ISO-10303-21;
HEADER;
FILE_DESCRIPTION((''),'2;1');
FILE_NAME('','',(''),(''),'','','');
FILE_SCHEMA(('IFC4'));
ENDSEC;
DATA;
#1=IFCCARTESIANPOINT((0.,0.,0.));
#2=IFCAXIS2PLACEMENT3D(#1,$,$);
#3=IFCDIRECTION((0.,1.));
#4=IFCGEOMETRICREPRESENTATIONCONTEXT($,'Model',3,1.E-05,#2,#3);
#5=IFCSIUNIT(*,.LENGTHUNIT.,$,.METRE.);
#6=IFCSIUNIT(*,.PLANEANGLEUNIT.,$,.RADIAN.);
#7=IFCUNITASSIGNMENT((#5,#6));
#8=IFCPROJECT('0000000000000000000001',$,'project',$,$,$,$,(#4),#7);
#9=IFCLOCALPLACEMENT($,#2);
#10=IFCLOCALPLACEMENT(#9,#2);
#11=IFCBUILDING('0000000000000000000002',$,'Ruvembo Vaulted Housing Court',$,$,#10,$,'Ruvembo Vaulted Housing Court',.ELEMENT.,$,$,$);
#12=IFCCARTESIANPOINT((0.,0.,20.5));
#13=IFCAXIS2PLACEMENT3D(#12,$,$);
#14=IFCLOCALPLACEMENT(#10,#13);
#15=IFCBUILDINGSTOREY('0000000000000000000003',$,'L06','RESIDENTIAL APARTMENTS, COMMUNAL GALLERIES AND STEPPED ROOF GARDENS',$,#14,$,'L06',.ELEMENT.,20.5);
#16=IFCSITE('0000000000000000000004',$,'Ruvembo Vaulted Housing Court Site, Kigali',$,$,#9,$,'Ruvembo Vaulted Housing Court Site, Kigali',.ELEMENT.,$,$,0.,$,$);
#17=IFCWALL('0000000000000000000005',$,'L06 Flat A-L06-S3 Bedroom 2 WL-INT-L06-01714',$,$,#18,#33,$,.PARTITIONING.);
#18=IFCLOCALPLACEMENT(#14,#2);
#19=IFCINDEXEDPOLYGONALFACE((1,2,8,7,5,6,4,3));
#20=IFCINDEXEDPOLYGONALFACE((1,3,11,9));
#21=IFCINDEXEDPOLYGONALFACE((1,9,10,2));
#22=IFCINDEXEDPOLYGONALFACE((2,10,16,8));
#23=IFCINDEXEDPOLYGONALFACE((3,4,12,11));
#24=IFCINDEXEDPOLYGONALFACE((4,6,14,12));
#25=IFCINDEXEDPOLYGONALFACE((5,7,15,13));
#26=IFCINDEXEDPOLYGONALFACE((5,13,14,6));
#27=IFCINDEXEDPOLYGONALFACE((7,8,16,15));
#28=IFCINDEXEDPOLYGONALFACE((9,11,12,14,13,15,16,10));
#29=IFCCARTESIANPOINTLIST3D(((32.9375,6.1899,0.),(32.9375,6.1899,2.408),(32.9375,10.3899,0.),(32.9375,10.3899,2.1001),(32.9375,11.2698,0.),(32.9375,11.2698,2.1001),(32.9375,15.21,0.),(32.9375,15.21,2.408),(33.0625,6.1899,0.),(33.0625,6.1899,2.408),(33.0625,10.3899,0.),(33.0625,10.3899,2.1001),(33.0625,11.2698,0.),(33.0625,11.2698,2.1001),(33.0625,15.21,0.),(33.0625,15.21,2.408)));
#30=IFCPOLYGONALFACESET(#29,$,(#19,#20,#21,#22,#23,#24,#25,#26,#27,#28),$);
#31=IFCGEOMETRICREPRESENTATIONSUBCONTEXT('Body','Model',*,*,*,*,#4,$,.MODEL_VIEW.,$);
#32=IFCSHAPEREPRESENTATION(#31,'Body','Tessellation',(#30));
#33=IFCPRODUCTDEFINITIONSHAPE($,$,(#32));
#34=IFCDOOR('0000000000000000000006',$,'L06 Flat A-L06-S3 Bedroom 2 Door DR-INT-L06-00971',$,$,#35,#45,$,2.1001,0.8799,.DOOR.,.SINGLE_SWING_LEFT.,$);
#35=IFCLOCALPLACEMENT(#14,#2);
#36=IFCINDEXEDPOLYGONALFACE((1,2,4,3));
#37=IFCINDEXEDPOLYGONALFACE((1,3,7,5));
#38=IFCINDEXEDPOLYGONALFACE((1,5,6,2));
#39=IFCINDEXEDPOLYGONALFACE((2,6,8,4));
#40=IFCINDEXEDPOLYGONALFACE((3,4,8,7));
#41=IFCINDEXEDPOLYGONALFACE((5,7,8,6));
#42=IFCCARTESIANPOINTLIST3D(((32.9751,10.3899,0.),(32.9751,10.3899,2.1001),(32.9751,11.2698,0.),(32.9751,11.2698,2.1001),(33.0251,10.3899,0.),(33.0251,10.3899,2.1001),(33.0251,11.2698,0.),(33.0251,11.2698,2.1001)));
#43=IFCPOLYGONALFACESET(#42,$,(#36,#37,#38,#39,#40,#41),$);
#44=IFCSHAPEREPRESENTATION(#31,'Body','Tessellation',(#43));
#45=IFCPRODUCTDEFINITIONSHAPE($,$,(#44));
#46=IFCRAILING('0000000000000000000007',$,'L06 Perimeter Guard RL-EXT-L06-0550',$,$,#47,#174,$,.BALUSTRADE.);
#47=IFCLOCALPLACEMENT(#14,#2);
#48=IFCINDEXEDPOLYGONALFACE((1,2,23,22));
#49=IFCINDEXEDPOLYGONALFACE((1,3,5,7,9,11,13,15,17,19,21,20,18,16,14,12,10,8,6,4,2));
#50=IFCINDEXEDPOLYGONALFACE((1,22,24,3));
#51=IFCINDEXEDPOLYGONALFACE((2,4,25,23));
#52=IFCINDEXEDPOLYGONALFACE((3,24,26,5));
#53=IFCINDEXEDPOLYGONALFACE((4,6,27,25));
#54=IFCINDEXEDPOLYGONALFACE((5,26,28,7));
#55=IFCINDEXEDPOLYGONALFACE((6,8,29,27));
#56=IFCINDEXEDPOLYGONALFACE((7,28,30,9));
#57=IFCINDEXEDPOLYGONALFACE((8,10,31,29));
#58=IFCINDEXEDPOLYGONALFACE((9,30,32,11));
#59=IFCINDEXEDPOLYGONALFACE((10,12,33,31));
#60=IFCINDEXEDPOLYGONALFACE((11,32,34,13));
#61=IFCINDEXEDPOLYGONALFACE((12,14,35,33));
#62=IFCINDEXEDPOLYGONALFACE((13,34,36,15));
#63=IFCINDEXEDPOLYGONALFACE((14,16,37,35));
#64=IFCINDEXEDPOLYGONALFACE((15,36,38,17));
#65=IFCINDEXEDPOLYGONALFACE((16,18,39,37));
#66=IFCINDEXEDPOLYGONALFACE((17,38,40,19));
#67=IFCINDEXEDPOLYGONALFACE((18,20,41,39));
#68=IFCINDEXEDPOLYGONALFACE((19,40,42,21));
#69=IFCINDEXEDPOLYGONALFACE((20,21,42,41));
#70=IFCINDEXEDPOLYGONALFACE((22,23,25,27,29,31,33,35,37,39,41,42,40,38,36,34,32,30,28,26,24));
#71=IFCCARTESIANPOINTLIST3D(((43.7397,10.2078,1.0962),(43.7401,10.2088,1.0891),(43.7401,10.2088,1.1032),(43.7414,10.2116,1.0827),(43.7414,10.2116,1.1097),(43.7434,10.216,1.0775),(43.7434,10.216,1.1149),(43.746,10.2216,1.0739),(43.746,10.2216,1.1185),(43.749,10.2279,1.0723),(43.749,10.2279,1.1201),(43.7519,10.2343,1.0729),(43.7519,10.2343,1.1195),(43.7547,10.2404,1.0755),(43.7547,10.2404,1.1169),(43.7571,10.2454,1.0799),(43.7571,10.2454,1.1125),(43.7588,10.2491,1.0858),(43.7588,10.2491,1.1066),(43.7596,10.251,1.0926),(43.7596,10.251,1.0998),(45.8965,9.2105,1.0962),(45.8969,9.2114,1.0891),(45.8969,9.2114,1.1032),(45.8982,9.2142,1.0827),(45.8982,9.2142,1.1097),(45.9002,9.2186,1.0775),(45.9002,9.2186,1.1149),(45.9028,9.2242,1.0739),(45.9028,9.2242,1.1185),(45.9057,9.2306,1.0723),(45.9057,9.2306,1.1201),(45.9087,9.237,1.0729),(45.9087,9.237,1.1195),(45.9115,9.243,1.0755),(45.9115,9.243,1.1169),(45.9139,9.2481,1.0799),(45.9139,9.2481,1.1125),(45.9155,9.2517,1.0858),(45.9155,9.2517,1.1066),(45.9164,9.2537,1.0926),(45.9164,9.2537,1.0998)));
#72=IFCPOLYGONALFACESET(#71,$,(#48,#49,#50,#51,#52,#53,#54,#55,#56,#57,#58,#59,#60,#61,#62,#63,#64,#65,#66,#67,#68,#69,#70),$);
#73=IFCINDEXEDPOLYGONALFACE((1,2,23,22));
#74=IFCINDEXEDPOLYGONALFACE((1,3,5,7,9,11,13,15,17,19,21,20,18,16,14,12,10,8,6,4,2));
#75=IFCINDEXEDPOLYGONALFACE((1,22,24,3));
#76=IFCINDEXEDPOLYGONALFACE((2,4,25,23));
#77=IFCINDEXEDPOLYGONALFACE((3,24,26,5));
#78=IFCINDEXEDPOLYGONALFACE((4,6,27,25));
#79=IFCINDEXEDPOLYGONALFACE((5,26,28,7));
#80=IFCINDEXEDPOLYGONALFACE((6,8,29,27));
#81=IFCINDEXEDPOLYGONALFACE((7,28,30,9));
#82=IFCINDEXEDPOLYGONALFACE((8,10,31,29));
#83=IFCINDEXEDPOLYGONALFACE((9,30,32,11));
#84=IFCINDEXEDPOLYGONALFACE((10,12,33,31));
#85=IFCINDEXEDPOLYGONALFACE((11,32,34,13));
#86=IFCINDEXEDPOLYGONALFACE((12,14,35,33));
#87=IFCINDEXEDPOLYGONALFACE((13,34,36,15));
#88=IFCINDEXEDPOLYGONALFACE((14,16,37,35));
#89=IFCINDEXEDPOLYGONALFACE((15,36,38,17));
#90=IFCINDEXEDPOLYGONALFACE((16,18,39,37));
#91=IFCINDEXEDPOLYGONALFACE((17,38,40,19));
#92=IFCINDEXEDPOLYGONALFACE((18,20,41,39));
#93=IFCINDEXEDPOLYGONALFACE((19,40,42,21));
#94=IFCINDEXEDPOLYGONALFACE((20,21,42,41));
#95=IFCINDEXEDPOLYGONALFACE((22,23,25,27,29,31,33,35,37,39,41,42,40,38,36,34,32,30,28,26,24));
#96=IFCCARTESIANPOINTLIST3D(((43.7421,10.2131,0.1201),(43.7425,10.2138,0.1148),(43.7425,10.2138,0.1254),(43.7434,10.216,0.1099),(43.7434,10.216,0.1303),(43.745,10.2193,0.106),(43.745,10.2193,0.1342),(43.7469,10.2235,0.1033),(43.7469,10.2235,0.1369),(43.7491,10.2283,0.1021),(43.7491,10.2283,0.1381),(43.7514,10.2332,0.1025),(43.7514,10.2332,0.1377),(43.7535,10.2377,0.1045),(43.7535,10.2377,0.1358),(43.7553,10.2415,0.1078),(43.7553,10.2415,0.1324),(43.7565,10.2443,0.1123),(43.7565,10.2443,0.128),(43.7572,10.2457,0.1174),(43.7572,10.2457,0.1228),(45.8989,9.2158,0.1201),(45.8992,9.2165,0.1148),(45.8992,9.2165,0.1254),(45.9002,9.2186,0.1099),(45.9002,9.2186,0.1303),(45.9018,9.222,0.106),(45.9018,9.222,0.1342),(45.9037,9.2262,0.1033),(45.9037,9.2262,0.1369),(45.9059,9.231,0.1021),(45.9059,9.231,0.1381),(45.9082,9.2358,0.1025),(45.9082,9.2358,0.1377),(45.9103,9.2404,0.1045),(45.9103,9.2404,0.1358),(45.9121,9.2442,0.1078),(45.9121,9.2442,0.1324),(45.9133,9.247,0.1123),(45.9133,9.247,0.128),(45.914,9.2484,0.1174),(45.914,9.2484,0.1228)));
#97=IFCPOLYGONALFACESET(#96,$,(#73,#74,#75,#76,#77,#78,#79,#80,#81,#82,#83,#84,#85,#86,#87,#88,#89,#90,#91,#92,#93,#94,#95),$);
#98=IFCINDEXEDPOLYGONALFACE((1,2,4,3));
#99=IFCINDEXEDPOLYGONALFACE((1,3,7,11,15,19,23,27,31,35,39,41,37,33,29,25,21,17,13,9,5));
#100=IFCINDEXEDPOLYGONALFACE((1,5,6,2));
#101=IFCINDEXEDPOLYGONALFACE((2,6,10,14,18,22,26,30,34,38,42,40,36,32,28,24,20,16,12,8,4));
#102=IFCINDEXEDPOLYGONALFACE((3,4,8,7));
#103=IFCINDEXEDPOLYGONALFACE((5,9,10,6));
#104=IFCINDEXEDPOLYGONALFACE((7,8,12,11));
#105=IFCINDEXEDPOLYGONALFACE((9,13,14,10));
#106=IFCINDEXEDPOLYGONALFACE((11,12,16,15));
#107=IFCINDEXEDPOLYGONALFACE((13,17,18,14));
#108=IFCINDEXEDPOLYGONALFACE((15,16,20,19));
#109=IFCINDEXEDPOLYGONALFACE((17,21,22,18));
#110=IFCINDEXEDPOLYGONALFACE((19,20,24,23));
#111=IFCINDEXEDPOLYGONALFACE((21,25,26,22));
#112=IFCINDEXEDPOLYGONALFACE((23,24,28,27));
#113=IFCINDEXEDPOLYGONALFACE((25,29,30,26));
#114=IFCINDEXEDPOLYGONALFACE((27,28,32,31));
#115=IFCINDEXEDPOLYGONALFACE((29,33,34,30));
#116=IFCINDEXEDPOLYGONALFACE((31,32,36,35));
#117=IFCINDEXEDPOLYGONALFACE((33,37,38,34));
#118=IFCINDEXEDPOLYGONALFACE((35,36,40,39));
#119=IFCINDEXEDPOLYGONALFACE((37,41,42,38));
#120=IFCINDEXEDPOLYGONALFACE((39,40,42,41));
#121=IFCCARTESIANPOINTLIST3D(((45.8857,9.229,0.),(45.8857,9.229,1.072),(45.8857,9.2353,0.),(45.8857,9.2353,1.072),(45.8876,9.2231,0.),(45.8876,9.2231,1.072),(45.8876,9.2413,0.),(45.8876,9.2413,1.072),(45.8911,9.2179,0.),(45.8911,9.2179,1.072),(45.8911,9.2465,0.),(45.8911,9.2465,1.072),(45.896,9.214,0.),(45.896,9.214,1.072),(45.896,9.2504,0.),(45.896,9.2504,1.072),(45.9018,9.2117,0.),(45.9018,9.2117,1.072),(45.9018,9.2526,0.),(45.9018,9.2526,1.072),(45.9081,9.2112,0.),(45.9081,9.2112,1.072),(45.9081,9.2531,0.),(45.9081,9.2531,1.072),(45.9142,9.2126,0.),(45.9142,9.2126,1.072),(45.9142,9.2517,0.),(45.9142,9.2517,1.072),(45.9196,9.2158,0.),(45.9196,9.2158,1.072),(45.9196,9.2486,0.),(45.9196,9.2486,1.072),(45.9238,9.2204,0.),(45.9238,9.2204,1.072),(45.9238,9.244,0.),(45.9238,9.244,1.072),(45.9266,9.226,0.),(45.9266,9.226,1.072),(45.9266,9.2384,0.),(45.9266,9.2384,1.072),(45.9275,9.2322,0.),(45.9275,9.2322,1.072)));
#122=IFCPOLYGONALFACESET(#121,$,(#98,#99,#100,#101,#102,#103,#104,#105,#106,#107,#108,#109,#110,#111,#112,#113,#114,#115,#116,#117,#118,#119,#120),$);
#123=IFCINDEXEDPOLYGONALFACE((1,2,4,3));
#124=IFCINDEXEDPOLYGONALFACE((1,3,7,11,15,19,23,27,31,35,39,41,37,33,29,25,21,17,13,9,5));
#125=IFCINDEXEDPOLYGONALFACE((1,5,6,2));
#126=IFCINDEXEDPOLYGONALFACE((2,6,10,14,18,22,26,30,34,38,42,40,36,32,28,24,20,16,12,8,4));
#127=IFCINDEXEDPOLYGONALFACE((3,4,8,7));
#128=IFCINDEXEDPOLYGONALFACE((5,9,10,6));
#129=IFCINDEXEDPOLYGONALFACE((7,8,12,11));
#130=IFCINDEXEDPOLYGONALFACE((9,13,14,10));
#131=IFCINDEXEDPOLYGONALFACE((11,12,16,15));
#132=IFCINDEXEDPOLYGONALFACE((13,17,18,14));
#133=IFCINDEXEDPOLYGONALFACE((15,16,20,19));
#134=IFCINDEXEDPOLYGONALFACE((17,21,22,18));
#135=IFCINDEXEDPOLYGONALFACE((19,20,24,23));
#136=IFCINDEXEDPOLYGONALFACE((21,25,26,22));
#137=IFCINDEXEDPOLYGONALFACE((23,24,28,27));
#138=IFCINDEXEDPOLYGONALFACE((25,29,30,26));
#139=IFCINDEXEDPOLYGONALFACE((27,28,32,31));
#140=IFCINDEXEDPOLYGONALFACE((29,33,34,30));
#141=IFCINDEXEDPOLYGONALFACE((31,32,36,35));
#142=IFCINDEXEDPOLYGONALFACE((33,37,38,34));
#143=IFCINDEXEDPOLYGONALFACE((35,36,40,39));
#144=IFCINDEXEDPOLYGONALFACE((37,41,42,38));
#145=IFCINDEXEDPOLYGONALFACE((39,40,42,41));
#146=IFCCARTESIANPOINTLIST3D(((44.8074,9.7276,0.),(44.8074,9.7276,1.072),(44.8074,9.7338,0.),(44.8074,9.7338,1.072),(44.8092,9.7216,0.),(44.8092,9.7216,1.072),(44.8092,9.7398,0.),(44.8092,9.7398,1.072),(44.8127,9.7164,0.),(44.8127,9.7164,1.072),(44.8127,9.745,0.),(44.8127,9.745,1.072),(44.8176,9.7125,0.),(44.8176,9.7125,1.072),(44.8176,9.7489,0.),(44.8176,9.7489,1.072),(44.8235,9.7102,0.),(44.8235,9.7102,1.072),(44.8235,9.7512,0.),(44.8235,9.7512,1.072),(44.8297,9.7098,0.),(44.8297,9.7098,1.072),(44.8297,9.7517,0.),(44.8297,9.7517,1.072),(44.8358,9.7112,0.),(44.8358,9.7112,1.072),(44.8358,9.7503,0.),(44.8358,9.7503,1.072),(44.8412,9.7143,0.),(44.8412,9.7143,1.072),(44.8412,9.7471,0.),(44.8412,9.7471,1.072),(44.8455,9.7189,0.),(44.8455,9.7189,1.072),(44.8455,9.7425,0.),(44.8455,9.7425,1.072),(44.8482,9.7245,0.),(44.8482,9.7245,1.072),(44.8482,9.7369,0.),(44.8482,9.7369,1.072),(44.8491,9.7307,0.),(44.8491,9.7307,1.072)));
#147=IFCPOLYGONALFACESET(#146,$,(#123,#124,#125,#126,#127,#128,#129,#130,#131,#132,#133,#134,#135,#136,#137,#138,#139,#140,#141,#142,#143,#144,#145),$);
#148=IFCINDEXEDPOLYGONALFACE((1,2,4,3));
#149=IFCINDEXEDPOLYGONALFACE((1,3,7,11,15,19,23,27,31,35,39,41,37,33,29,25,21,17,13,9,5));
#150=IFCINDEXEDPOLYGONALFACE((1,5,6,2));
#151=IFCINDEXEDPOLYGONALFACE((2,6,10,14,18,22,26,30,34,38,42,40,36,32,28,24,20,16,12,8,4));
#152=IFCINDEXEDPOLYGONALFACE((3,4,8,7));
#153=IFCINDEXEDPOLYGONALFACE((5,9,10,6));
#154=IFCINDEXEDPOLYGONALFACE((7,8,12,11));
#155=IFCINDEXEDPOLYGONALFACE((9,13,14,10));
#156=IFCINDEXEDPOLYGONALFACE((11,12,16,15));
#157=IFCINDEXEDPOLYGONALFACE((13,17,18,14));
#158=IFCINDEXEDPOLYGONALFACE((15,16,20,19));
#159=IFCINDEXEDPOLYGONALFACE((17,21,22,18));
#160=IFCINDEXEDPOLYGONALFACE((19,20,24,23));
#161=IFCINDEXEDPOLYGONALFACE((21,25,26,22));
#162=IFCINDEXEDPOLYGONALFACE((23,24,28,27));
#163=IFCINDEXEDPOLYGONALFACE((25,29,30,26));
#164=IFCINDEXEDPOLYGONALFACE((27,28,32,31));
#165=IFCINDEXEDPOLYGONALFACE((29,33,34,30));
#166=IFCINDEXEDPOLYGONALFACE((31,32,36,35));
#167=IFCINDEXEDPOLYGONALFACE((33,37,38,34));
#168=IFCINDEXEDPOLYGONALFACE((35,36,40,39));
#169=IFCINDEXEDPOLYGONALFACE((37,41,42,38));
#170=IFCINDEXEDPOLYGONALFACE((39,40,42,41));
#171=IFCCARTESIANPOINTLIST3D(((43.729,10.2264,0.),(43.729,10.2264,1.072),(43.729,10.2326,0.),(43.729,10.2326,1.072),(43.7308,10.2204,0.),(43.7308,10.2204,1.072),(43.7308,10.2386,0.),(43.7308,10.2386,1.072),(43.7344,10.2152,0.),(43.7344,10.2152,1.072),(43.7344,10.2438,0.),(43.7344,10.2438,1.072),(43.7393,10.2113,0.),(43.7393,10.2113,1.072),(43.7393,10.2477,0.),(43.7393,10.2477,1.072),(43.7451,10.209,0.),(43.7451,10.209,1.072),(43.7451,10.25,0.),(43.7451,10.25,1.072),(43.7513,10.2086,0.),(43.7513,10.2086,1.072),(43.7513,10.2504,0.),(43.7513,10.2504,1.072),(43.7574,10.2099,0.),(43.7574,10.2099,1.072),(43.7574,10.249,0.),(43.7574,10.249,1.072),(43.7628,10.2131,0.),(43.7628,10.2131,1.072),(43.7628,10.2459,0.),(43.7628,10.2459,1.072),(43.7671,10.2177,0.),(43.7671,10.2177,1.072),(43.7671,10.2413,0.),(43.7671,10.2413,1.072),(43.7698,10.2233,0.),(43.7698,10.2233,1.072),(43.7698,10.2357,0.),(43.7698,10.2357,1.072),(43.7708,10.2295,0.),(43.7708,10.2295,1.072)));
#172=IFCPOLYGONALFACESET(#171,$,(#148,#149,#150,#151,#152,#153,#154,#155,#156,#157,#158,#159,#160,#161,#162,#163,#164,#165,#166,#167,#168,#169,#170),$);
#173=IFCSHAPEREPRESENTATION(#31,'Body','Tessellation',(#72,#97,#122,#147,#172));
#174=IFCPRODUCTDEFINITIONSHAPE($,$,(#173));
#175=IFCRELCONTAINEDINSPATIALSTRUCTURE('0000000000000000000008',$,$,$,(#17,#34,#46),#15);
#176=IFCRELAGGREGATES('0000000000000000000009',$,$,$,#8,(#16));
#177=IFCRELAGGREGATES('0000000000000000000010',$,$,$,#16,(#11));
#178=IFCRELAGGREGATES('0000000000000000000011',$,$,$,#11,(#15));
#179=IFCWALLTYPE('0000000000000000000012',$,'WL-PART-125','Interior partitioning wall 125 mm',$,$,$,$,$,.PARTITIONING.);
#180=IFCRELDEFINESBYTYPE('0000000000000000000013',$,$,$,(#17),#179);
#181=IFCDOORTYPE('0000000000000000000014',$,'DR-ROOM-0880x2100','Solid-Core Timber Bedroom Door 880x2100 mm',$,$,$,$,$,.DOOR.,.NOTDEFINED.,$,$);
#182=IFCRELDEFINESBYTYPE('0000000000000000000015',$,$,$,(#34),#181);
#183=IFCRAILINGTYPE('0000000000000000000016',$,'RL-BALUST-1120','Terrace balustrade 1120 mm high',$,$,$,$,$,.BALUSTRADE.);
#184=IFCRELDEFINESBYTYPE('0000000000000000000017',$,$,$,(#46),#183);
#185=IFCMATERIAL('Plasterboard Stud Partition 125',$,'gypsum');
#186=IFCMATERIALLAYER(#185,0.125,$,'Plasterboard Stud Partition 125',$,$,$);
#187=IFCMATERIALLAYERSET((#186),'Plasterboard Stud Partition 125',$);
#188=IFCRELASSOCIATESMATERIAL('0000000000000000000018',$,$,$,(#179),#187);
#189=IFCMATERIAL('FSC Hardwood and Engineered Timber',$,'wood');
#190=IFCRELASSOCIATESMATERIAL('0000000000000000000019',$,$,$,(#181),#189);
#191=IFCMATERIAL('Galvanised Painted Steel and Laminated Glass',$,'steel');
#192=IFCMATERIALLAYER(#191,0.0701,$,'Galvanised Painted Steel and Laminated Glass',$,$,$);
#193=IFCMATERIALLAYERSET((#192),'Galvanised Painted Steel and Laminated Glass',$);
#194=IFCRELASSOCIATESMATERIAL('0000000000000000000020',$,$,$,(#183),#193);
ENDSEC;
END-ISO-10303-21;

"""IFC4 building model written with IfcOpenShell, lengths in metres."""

from ifc_helpers import new_model, si_unit, direction, frame, frame_2d, origin, origin_2d, place, context, subcontext, project, spatial, rectangle, circle, extrude, material, layer, layer_set, type_object, element, fill, save


model = new_model("IFC4")

# Units and contexts
model_context = context("Model", 3, precision=1e-05, world=origin(), true_north=direction((0.0, 1.0)))
body_context = subcontext(model_context, "Body", "Model", "MODEL_VIEW")
ifc_project = project(units=[si_unit("LENGTHUNIT", "METRE"), si_unit("PLANEANGLEUNIT", "RADIAN")], contexts=[model_context])

# Site, building, storey
site_placement = place(None, origin())
site = spatial("IfcSite", under=ifc_project, at=site_placement, Name="Ruvembo Vaulted Housing Court Site, Kigali", LongName="Ruvembo Vaulted Housing Court Site, Kigali", CompositionType="ELEMENT", RefElevation=0.0)
building_placement = place(site_placement, origin())
building = spatial("IfcBuilding", under=site, at=building_placement, Name="Ruvembo Vaulted Housing Court", LongName="Ruvembo Vaulted Housing Court", CompositionType="ELEMENT")
storey_placement = place(building_placement, frame((0.0, 0.0, 20.5)))
storey = spatial("IfcBuildingStorey", under=building, at=storey_placement, Name="L06", Description="RESIDENTIAL APARTMENTS, COMMUNAL GALLERIES AND STEPPED ROOF GARDENS", LongName="L06", CompositionType="ELEMENT", Elevation=20.5)

# Wall, opening, door
ifc_material_1 = material(Name="Plasterboard Stud Partition 125", Category="gypsum")
ifc_layer_1 = layer(ifc_material_1, 0.125, Name="Plasterboard Stud Partition 125")
ifc_layer_set_1 = layer_set([ifc_layer_1], Name="Plasterboard Stud Partition 125")
wall_type_1 = type_object("IfcWallType", Name="WL-PART-125", Description="Interior partitioning wall 125 mm", PredefinedType="PARTITIONING", material=ifc_layer_set_1)
wall_1_placement = place(storey_placement, frame((33.0, 6.1899, 0.0), z_axis=(0.0, 0.0, 1.0), x_axis=(0.0, 1.0, 0.0)))
wall_1 = element("IfcWall", 1, at=wall_1_placement, inside=storey, type_object=wall_type_1, Name="L06 Flat A-L06-S3 Bedroom 2 WL-INT-L06-01714", PredefinedType="PARTITIONING", context=body_context, shape_type="SweptSolid", body=[
    extrude(rectangle(XDim=9.02, YDim=0.125, at=frame_2d((4.51, 0.0))), origin(), (0.0, 0.0, 1.0), 2.408),
])
opening_1_placement = place(wall_1_placement, frame((4.2, 0.0, 0.0)))
opening_1 = element("IfcOpeningElement", 2, at=opening_1_placement, cuts=wall_1, PredefinedType="OPENING", context=body_context, shape_type="SweptSolid", body=[
    extrude(rectangle(XDim=0.8799, YDim=2.1001, at=frame_2d((0.4399, 1.05))), frame((0.0, 0.0725, 0.0), z_axis=(0.0, -1.0, 0.0), x_axis=(1.0, 0.0, 0.0)), (0.0, 0.0, 1.0), 0.145),
])
ifc_material_2 = material(Name="FSC Hardwood and Engineered Timber", Category="wood")
door_type = type_object("IfcDoorType", Name="DR-ROOM-0880x2100", Description="Solid-Core Timber Bedroom Door 880x2100 mm", OperationType="NOTDEFINED", PredefinedType="DOOR", material=ifc_material_2)
door_placement = place(opening_1_placement, origin())
door = element("IfcDoor", 3, at=door_placement, inside=storey, type_object=door_type, Name="L06 Flat A-L06-S3 Bedroom 2 Door DR-INT-L06-00971", OperationType="SINGLE_SWING_LEFT", OverallHeight=2.1001, OverallWidth=0.8799, PredefinedType="DOOR", context=body_context, shape_type="SweptSolid", body=[
    extrude(rectangle(XDim=0.8799, YDim=2.1001, at=frame_2d((0.4399, 1.05))), frame((0.0, 0.0249, 0.0), z_axis=(0.0, -1.0, 0.0), x_axis=(1.0, 0.0, 0.0)), (0.0, 0.0, 1.0), 0.05),
])
fill(opening_1, door)

# Railing
ifc_material_3 = material(Name="Galvanised Painted Steel and Laminated Glass", Category="steel")
ifc_layer_2 = layer(ifc_material_3, 0.0701, Name="Galvanised Painted Steel and Laminated Glass")
ifc_layer_set_2 = layer_set([ifc_layer_2], Name="Galvanised Painted Steel and Laminated Glass")
railing_type = type_object("IfcRailingType", Name="RL-BALUST-1120", Description="Terrace balustrade 1120 mm high", PredefinedType="BALUSTRADE", material=ifc_layer_set_2)
railing_1_placement = place(storey_placement, frame((45.9065, 9.2322, 0.0)))
element("IfcRailing", 4, at=railing_1_placement, inside=storey, type_object=railing_type, Name="L06 Perimeter Guard RL-EXT-L06-0550", PredefinedType="BALUSTRADE", context=body_context, shape_type="SweptSolid", body=[
    extrude(circle(Radius=0.0239, at=origin_2d()), frame((0.0, 0.0, 1.0962), z_axis=(-0.907655, 0.419716, 0.0), x_axis=(-0.419716, -0.907655, 0.0)), (0.0, 0.0, 1.0), 2.3762),
    extrude(circle(Radius=0.0181, at=origin_2d()), frame((0.0, 0.0, 0.1201), z_axis=(-0.907655, 0.419716, 0.0), x_axis=(-0.419716, -0.907655, 0.0)), (0.0, 0.0, 1.0), 2.3762),
    extrude(circle(Radius=0.021, at=origin_2d()), origin(), (0.0, 0.0, 1.0), 1.072),
    extrude(circle(Radius=0.021, at=origin_2d()), frame((-1.0784, 0.4985, 0.0)), (0.0, 0.0, 1.0), 1.072),
    extrude(circle(Radius=0.021, at=origin_2d()), frame((-2.1567, 0.9973, 0.0)), (0.0, 0.0, 1.0), 1.072),
])

save(model, "model.ifc")
